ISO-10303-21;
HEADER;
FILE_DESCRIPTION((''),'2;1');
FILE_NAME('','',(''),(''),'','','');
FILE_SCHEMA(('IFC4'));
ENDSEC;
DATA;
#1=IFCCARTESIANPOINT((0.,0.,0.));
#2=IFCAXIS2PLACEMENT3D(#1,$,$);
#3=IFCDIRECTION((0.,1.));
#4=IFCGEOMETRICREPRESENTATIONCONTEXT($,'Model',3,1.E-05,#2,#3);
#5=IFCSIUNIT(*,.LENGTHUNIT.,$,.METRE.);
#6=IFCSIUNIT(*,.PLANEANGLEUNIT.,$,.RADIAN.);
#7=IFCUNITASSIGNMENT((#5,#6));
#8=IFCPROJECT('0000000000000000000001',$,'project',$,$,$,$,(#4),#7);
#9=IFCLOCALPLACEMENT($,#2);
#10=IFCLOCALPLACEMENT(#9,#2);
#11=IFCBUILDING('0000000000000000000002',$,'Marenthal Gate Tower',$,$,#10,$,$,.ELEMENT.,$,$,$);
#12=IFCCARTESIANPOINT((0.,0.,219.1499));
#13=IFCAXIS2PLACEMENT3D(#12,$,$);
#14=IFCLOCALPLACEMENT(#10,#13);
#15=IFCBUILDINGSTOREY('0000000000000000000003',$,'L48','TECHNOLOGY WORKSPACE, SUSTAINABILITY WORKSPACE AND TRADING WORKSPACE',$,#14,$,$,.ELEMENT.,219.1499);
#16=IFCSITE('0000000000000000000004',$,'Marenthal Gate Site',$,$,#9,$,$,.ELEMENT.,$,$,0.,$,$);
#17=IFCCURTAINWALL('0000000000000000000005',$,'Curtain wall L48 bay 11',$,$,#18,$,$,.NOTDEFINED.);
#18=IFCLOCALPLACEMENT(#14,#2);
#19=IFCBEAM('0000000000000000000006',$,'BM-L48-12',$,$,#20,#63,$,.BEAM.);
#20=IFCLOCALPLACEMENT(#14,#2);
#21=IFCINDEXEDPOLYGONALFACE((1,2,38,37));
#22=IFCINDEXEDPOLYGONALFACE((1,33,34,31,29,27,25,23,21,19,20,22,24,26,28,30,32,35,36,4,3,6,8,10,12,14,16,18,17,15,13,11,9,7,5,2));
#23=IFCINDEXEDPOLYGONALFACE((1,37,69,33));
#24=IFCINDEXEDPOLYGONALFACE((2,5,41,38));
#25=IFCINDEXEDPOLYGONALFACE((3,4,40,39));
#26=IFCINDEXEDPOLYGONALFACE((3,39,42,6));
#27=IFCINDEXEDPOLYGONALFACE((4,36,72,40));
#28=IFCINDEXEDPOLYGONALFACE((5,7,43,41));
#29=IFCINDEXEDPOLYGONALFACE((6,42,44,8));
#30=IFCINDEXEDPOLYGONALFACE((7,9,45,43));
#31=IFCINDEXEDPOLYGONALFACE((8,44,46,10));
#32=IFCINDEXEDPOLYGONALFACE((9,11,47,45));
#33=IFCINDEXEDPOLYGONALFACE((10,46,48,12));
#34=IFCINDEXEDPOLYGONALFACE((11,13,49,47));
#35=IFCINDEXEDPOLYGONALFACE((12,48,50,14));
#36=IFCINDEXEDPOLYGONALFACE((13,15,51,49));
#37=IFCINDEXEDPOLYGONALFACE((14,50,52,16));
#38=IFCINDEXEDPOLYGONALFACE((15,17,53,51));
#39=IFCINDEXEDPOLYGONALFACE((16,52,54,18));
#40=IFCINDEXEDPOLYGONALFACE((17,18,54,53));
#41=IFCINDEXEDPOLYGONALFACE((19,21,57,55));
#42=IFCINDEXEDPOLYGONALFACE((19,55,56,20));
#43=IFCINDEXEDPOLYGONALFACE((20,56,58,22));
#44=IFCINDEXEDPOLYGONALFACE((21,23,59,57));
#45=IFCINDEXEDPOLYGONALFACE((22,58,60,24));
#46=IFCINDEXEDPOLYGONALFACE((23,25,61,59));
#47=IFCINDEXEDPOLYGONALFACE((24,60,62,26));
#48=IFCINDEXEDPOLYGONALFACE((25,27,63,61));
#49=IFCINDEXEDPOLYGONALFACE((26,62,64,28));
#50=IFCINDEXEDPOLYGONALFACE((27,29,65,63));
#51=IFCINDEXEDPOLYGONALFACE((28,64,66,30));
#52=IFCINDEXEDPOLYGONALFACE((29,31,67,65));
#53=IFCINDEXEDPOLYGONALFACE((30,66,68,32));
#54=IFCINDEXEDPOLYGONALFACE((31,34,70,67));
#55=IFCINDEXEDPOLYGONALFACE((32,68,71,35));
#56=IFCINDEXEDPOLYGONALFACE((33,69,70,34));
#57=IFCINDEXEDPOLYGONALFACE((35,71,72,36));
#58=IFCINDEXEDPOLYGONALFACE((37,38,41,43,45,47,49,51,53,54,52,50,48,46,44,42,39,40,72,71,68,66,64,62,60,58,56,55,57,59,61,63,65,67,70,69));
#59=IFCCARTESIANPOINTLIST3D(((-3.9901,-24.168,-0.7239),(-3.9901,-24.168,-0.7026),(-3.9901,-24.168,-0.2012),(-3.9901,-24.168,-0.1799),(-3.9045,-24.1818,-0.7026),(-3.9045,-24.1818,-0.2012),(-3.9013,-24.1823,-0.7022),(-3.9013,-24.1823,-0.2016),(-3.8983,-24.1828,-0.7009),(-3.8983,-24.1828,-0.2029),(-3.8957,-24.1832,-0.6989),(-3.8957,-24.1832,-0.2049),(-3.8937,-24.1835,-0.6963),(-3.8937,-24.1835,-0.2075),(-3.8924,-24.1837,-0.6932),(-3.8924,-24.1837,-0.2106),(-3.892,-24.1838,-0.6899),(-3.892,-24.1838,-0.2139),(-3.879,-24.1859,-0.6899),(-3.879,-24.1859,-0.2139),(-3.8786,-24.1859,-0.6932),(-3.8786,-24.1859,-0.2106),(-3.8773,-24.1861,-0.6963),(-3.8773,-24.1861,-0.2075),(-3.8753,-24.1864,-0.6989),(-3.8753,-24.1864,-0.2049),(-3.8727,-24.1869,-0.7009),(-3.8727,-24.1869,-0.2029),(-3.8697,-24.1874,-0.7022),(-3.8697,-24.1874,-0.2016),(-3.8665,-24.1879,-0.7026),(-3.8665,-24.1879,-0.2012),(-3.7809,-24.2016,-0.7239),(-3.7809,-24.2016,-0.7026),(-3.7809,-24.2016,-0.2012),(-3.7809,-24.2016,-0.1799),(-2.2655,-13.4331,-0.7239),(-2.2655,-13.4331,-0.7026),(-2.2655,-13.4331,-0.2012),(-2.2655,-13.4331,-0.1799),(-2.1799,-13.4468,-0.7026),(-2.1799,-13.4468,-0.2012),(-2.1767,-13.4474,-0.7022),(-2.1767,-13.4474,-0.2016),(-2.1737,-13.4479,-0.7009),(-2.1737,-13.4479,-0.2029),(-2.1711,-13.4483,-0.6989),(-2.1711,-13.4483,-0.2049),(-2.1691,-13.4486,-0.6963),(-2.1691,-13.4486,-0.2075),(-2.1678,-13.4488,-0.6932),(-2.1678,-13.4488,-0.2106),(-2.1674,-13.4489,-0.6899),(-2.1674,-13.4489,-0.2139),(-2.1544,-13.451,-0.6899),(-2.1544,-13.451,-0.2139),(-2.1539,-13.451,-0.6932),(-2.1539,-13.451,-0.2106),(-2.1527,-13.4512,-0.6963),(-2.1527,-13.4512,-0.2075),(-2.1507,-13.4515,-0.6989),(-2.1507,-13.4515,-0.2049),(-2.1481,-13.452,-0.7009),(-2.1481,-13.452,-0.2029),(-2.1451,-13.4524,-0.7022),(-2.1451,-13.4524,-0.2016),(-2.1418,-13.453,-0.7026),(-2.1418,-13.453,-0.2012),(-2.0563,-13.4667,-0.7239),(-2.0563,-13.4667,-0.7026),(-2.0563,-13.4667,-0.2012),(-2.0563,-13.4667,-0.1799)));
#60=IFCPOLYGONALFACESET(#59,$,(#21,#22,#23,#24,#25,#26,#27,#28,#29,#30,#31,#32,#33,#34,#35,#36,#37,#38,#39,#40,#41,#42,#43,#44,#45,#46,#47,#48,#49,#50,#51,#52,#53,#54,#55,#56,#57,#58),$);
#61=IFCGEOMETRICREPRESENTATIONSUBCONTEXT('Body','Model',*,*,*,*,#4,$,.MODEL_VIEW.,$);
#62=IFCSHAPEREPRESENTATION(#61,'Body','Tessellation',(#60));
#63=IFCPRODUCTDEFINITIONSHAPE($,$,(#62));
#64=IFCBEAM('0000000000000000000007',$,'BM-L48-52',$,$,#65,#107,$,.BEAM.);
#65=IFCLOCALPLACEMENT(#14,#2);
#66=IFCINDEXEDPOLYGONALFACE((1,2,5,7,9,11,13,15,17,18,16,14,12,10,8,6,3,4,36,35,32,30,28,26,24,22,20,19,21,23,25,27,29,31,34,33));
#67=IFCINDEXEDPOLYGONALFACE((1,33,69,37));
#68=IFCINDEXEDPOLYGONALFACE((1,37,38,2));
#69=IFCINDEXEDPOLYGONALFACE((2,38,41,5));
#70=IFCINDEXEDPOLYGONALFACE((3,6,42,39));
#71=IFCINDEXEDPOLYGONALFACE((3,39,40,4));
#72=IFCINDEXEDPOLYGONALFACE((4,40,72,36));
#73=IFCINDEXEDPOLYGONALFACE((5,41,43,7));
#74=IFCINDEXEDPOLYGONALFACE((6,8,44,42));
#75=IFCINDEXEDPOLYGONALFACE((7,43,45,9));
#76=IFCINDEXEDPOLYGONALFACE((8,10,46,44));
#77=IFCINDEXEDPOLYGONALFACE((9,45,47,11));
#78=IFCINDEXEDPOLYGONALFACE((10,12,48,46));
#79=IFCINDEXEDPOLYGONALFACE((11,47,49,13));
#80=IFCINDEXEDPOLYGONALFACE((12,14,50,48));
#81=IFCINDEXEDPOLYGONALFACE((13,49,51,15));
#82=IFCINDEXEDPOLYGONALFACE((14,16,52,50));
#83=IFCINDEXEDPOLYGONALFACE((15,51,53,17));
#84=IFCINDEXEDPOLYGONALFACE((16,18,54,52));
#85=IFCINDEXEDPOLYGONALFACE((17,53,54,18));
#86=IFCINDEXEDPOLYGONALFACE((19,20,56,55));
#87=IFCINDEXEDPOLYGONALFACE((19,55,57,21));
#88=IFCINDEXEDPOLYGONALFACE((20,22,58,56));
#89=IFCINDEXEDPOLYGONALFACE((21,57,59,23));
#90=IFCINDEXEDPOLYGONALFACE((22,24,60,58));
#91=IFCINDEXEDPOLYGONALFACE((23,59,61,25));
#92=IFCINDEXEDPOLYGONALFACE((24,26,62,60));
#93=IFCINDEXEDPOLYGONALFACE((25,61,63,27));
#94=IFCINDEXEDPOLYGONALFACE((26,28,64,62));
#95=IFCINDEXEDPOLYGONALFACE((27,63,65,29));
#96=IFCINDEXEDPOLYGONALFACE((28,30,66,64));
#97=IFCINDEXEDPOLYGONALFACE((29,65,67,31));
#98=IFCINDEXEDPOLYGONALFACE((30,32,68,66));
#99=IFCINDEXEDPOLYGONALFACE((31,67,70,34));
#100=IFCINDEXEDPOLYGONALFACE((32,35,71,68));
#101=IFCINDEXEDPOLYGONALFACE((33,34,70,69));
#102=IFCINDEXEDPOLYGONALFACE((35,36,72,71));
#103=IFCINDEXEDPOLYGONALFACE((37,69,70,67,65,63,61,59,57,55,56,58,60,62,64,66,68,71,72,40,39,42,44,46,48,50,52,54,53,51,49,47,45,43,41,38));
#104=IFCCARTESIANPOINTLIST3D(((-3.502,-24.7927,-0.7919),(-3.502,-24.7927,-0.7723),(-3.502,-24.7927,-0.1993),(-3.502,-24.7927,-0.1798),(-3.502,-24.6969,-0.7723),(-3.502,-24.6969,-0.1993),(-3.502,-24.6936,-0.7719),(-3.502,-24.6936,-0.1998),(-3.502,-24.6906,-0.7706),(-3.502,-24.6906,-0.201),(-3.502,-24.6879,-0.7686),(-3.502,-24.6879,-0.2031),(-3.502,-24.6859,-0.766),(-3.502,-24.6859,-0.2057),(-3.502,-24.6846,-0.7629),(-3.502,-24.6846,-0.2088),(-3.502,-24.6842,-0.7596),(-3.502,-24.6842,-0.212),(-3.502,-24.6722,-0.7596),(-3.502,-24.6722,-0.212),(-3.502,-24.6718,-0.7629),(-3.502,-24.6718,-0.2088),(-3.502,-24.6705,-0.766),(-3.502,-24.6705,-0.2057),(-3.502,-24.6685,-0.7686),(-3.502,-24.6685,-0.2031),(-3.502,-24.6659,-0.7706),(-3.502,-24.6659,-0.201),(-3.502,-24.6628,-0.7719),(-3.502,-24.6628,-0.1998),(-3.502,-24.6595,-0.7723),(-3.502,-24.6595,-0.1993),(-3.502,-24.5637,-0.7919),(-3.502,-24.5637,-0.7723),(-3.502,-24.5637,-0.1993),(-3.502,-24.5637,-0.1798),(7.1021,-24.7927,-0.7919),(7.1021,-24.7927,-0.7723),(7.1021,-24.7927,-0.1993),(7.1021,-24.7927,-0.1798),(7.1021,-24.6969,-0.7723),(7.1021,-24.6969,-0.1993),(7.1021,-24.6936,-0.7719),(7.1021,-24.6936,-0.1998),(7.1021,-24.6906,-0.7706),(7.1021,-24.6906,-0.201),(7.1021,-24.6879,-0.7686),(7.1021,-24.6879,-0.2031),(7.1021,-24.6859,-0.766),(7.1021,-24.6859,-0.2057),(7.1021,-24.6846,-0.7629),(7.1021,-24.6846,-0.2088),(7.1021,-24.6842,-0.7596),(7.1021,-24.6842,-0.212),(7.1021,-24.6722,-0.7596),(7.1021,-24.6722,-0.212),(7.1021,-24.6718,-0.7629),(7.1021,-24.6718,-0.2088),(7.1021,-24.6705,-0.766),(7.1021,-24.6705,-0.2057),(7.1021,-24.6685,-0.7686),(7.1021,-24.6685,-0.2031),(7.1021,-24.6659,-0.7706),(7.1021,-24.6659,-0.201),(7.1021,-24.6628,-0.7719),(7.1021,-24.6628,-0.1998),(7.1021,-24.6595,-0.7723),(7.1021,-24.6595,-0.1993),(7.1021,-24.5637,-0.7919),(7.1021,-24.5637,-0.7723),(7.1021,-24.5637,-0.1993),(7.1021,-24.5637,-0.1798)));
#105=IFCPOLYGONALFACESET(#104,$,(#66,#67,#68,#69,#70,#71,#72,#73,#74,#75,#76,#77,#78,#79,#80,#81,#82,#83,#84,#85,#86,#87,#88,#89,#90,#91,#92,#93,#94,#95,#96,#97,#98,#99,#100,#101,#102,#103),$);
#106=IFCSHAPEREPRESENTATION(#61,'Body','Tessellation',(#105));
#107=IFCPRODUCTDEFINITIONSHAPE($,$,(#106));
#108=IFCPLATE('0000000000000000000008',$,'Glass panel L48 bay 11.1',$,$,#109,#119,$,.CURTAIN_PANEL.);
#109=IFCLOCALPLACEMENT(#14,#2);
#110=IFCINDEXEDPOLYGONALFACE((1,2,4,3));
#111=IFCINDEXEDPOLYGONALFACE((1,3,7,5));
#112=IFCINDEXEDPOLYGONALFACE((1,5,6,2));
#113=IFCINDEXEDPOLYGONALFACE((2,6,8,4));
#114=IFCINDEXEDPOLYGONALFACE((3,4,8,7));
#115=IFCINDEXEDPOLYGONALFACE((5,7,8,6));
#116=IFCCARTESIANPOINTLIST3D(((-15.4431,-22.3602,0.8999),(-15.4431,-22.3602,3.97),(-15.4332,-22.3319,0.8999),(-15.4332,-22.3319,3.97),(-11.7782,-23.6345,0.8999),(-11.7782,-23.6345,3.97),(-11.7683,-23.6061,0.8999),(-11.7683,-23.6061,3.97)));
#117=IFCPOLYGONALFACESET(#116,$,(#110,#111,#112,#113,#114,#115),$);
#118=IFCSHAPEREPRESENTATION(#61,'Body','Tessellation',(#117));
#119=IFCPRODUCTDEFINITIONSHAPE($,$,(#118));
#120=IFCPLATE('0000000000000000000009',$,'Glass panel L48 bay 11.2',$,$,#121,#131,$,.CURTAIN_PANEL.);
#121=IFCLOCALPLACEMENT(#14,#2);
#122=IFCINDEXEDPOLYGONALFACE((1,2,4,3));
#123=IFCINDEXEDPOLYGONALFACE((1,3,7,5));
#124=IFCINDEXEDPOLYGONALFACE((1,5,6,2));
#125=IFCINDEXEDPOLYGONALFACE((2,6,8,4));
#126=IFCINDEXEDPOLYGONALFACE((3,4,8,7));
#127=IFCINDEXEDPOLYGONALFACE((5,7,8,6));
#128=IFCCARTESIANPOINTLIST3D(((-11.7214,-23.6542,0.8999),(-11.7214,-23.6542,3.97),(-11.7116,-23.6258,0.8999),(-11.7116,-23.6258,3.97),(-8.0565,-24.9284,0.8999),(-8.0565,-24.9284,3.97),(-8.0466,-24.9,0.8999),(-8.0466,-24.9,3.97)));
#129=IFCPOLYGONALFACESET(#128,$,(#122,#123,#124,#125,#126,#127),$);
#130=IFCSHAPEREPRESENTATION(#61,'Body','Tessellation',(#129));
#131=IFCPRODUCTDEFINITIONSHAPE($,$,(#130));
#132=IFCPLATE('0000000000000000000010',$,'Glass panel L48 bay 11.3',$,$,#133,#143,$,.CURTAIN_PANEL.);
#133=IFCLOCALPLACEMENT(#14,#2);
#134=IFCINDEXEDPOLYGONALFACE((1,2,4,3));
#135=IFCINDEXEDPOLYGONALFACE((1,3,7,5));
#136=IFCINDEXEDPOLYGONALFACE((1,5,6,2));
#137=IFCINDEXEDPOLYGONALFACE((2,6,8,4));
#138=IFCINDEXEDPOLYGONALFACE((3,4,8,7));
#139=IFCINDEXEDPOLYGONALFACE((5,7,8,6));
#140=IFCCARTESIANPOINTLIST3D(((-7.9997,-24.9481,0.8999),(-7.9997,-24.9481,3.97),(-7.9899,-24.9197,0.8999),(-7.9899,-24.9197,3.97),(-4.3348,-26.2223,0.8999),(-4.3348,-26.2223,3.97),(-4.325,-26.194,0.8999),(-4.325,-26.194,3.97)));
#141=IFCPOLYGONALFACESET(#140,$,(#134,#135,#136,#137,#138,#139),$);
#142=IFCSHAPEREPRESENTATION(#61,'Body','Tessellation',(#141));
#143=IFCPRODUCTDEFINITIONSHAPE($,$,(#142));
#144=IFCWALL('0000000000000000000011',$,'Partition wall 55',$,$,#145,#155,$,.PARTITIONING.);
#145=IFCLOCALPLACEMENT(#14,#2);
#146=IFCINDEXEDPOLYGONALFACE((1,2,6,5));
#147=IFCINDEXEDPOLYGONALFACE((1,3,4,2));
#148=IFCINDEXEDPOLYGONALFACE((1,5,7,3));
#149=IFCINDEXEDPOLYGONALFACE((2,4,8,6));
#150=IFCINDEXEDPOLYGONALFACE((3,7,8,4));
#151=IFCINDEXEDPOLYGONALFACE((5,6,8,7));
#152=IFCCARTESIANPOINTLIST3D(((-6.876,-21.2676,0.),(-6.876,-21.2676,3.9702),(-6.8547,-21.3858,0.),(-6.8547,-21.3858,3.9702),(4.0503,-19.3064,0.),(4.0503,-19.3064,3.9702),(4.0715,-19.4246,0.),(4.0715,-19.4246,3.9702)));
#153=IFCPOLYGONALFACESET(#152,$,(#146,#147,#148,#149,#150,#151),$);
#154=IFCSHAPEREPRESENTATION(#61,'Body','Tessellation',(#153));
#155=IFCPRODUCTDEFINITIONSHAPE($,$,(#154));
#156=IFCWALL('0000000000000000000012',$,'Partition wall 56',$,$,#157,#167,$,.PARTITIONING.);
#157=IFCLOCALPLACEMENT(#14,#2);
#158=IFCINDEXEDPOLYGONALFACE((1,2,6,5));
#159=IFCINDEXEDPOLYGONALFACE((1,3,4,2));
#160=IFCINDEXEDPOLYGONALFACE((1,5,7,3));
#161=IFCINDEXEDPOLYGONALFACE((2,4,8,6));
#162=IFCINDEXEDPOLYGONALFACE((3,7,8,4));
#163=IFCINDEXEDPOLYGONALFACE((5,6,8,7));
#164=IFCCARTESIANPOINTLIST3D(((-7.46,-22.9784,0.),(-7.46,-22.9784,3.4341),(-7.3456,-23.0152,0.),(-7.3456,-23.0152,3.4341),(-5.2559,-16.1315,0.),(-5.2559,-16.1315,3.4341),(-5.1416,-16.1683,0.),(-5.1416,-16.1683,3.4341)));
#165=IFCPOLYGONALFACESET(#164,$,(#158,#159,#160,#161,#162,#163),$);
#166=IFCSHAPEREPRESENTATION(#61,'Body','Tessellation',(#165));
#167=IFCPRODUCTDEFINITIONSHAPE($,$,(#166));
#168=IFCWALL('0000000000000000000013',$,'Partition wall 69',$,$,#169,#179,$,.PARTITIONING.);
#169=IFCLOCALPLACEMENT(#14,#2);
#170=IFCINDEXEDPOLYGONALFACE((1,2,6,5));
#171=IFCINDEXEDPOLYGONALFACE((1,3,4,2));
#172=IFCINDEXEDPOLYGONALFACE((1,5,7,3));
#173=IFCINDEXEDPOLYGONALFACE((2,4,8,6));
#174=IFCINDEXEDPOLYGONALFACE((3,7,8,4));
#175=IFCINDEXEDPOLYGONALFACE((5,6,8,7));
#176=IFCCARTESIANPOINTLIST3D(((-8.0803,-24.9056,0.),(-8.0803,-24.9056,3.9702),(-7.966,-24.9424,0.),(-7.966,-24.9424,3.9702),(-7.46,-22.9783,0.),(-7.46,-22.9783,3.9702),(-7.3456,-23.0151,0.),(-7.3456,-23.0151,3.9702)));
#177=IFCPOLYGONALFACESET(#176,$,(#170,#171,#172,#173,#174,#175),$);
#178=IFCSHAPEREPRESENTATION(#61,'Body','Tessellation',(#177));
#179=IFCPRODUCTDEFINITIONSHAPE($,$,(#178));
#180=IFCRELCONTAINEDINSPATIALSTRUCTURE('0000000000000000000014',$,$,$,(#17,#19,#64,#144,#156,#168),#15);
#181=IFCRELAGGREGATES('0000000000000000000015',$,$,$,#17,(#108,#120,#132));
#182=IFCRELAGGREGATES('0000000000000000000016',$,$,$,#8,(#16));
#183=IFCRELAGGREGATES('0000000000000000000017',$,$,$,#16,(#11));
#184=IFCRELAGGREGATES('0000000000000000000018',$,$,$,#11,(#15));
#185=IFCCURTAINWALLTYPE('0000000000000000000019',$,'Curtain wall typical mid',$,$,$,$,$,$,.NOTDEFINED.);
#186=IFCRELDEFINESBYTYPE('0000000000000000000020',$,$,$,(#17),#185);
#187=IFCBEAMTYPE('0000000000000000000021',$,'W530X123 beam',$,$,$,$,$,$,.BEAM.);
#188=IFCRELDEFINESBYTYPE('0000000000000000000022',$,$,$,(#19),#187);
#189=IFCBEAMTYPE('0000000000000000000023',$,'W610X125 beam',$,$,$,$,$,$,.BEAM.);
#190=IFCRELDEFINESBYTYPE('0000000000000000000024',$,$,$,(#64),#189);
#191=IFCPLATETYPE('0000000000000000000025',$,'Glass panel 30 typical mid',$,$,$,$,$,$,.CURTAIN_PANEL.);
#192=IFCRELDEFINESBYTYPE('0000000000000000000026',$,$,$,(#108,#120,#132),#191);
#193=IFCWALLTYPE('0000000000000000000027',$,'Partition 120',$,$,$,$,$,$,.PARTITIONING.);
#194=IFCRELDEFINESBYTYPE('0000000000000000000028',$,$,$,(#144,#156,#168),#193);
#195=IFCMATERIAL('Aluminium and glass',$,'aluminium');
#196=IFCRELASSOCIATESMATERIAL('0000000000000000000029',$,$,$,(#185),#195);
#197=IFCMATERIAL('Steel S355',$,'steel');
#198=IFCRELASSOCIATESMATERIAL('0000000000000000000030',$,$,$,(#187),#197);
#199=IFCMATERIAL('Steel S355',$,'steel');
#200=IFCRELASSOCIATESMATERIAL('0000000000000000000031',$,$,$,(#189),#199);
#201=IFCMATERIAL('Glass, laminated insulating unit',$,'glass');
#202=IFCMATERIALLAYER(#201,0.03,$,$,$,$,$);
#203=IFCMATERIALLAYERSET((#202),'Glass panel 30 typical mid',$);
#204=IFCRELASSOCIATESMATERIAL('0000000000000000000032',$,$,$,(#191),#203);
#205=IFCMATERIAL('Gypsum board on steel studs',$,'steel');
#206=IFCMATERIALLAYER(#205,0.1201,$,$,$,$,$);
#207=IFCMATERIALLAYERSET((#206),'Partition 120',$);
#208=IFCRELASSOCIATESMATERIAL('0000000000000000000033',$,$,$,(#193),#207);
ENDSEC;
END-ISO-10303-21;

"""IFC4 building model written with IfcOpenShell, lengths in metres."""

from ifc_helpers import new_model, si_unit, direction, frame, frame_2d, origin, origin_2d, place, context, subcontext, project, spatial, rectangle, i_section, extrude, material, layer, layer_set, material_profile, profile_set, type_object, element, aggregate, save


model = new_model("IFC4")

# Units and contexts
model_context = context("Model", 3, precision=1e-05, world=origin(), true_north=direction((0.0, 1.0)))
body_context = subcontext(model_context, "Body", "Model", "MODEL_VIEW")
ifc_project = project(units=[si_unit("LENGTHUNIT", "METRE"), si_unit("PLANEANGLEUNIT", "RADIAN")], contexts=[model_context])

# Site, building, storey
site_placement = place(None, origin())
site = spatial("IfcSite", under=ifc_project, at=site_placement, Name="Marenthal Gate Site", CompositionType="ELEMENT", RefElevation=0.0)
building_placement = place(site_placement, origin())
building = spatial("IfcBuilding", under=site, at=building_placement, Name="Marenthal Gate Tower", CompositionType="ELEMENT")
storey_placement = place(building_placement, frame((0.0, 0.0, 219.1499)))
storey = spatial("IfcBuildingStorey", under=building, at=storey_placement, Name="L48", Description="TECHNOLOGY WORKSPACE, SUSTAINABILITY WORKSPACE AND TRADING WORKSPACE", CompositionType="ELEMENT", Elevation=219.1499)

# Curtain wall
ifc_material_1 = material(Name="Aluminium and glass", Category="aluminium")
curtain_wall_type = type_object("IfcCurtainWallType", Name="Curtain wall typical mid", PredefinedType="NOTDEFINED", material=ifc_material_1)
curtain_wall_placement = place(storey_placement, origin())
curtain_wall = element("IfcCurtainWall", 1, at=curtain_wall_placement, inside=storey, type_object=curtain_wall_type, Name="Curtain wall L48 bay 11", PredefinedType="NOTDEFINED")

# Beams
ifc_material_2 = material(Name="Steel S355", Category="steel")
ifc_material_profile_1 = material_profile(ifc_material_2, i_section(OverallWidth=0.2119, OverallDepth=0.5439, WebThickness=0.0132, FlangeThickness=0.0212, FilletRadius=0.0127, at=origin_2d()), Name="W530X123")
ifc_profile_set_1 = profile_set([ifc_material_profile_1], Name="Steel S355")
beam_type_1 = type_object("IfcBeamType", Name="W530X123 beam", PredefinedType="BEAM", material=ifc_profile_set_1)
beam_1_placement = place(storey_placement, frame((-3.8855, -24.1848, -0.4519), z_axis=(0.158621, 0.98734, 0.0), x_axis=(-0.98734, 0.158621, 0.0)))
element("IfcBeam", 2, at=beam_1_placement, inside=storey, type_object=beam_type_1, Name="BM-L48-12", PredefinedType="BEAM", context=body_context, shape_type="SweptSolid", body=[
    extrude(i_section(OverallWidth=0.2119, OverallDepth=0.5439, WebThickness=0.0132, FlangeThickness=0.0212, FilletRadius=0.0127, at=origin_2d()), origin(), (0.0, 0.0, 1.0), 10.8726),
])
ifc_material_3 = material(Name="Steel S355", Category="steel")
ifc_material_profile_2 = material_profile(ifc_material_3, i_section(OverallWidth=0.229, OverallDepth=0.6121, WebThickness=0.012, FlangeThickness=0.0195, FilletRadius=0.0127, at=origin_2d()), Name="W610X125")
ifc_profile_set_2 = profile_set([ifc_material_profile_2], Name="Steel S355")
beam_type_2 = type_object("IfcBeamType", Name="W610X125 beam", PredefinedType="BEAM", material=ifc_profile_set_2)
beam_2_placement = place(storey_placement, frame((-3.502, -24.6782, -0.4858), z_axis=(1.0, 0.0, 0.0), x_axis=(0.0, 1.0, 0.0)))
element("IfcBeam", 3, at=beam_2_placement, inside=storey, type_object=beam_type_2, Name="BM-L48-52", PredefinedType="BEAM", context=body_context, shape_type="SweptSolid", body=[
    extrude(i_section(OverallWidth=0.229, OverallDepth=0.6121, WebThickness=0.012, FlangeThickness=0.0195, FilletRadius=0.0127, at=origin_2d()), origin(), (0.0, 0.0, 1.0), 10.604),
])

# Plates
ifc_material_4 = material(Name="Glass, laminated insulating unit", Category="glass")
ifc_layer_1 = layer(ifc_material_4, 0.03)
ifc_layer_set_1 = layer_set([ifc_layer_1], Name="Glass panel 30 typical mid")
plate_type = type_object("IfcPlateType", Name="Glass panel 30 typical mid", PredefinedType="CURTAIN_PANEL", material=ifc_layer_set_1)
plate_1_placement = place(storey_placement, frame((-13.6057, -22.9832, 0.8999), z_axis=(0.0, 0.0, 1.0), x_axis=(0.944539, -0.3284, 0.0)))
plate_1 = element("IfcPlate", 4, at=plate_1_placement, type_object=plate_type, Name="Glass panel L48 bay 11.1", PredefinedType="CURTAIN_PANEL", context=body_context, shape_type="SweptSolid", body=[
    extrude(rectangle(XDim=3.8801, YDim=0.03, at=origin_2d()), origin(), (0.0, 0.0, 1.0), 3.0701),
])
plate_2_placement = place(storey_placement, frame((-9.884, -24.2771, 0.8999), z_axis=(0.0, 0.0, 1.0), x_axis=(0.944539, -0.3284, 0.0)))
plate_2 = element("IfcPlate", 5, at=plate_2_placement, type_object=plate_type, Name="Glass panel L48 bay 11.2", PredefinedType="CURTAIN_PANEL", context=body_context, shape_type="SweptSolid", body=[
    extrude(rectangle(XDim=3.8801, YDim=0.03, at=origin_2d()), origin(), (0.0, 0.0, 1.0), 3.0701),
])
plate_3_placement = place(storey_placement, frame((-6.1624, -25.571, 0.8999), z_axis=(0.0, 0.0, 1.0), x_axis=(0.944539, -0.3284, 0.0)))
plate_3 = element("IfcPlate", 6, at=plate_3_placement, type_object=plate_type, Name="Glass panel L48 bay 11.3", PredefinedType="CURTAIN_PANEL", context=body_context, shape_type="SweptSolid", body=[
    extrude(rectangle(XDim=3.8801, YDim=0.03, at=origin_2d()), origin(), (0.0, 0.0, 1.0), 3.0701),
])
aggregate(curtain_wall, [plate_1, plate_2, plate_3])

# Walls
ifc_material_5 = material(Name="Gypsum board on steel studs", Category="steel")
ifc_layer_2 = layer(ifc_material_5, 0.1201)
ifc_layer_set_2 = layer_set([ifc_layer_2], Name="Partition 120")
wall_type_1 = type_object("IfcWallType", Name="Partition 120", PredefinedType="PARTITIONING", material=ifc_layer_set_2)
wall_1_placement = place(storey_placement, frame((-6.8652, -21.3267, 0.0), z_axis=(0.0, 0.0, 1.0), x_axis=(0.98427, 0.176669, 0.0)))
element("IfcWall", 7, at=wall_1_placement, inside=storey, type_object=wall_type_1, Name="Partition wall 55", PredefinedType="PARTITIONING", context=body_context, shape_type="SweptSolid", body=[
    extrude(rectangle(XDim=11.1008, YDim=0.1201, at=frame_2d((5.5503, 0.0))), origin(), (0.0, 0.0, 1.0), 3.9702),
])
wall_2_placement = place(storey_placement, frame((-5.1987, -16.1499, 0.0), z_axis=(0.0, 0.0, 1.0), x_axis=(-0.306426, -0.951895, 0.0)))
element("IfcWall", 8, at=wall_2_placement, inside=storey, type_object=wall_type_1, Name="Partition wall 56", PredefinedType="PARTITIONING", context=body_context, shape_type="SweptSolid", body=[
    extrude(rectangle(XDim=7.1929, YDim=0.1201, at=frame_2d((3.5964, 0.0))), origin(), (0.0, 0.0, 1.0), 3.4341),
])
wall_3_placement = place(storey_placement, frame((-7.4028, -22.9968, 0.0), z_axis=(0.0, 0.0, 1.0), x_axis=(-0.306407, -0.951901, 0.0)))
element("IfcWall", 9, at=wall_3_placement, inside=storey, type_object=wall_type_1, Name="Partition wall 69", PredefinedType="PARTITIONING", context=body_context, shape_type="SweptSolid", body=[
    extrude(rectangle(XDim=2.0247, YDim=0.1201, at=frame_2d((1.0122, 0.0))), origin(), (0.0, 0.0, 1.0), 3.9702),
])

save(model, "model.ifc")
